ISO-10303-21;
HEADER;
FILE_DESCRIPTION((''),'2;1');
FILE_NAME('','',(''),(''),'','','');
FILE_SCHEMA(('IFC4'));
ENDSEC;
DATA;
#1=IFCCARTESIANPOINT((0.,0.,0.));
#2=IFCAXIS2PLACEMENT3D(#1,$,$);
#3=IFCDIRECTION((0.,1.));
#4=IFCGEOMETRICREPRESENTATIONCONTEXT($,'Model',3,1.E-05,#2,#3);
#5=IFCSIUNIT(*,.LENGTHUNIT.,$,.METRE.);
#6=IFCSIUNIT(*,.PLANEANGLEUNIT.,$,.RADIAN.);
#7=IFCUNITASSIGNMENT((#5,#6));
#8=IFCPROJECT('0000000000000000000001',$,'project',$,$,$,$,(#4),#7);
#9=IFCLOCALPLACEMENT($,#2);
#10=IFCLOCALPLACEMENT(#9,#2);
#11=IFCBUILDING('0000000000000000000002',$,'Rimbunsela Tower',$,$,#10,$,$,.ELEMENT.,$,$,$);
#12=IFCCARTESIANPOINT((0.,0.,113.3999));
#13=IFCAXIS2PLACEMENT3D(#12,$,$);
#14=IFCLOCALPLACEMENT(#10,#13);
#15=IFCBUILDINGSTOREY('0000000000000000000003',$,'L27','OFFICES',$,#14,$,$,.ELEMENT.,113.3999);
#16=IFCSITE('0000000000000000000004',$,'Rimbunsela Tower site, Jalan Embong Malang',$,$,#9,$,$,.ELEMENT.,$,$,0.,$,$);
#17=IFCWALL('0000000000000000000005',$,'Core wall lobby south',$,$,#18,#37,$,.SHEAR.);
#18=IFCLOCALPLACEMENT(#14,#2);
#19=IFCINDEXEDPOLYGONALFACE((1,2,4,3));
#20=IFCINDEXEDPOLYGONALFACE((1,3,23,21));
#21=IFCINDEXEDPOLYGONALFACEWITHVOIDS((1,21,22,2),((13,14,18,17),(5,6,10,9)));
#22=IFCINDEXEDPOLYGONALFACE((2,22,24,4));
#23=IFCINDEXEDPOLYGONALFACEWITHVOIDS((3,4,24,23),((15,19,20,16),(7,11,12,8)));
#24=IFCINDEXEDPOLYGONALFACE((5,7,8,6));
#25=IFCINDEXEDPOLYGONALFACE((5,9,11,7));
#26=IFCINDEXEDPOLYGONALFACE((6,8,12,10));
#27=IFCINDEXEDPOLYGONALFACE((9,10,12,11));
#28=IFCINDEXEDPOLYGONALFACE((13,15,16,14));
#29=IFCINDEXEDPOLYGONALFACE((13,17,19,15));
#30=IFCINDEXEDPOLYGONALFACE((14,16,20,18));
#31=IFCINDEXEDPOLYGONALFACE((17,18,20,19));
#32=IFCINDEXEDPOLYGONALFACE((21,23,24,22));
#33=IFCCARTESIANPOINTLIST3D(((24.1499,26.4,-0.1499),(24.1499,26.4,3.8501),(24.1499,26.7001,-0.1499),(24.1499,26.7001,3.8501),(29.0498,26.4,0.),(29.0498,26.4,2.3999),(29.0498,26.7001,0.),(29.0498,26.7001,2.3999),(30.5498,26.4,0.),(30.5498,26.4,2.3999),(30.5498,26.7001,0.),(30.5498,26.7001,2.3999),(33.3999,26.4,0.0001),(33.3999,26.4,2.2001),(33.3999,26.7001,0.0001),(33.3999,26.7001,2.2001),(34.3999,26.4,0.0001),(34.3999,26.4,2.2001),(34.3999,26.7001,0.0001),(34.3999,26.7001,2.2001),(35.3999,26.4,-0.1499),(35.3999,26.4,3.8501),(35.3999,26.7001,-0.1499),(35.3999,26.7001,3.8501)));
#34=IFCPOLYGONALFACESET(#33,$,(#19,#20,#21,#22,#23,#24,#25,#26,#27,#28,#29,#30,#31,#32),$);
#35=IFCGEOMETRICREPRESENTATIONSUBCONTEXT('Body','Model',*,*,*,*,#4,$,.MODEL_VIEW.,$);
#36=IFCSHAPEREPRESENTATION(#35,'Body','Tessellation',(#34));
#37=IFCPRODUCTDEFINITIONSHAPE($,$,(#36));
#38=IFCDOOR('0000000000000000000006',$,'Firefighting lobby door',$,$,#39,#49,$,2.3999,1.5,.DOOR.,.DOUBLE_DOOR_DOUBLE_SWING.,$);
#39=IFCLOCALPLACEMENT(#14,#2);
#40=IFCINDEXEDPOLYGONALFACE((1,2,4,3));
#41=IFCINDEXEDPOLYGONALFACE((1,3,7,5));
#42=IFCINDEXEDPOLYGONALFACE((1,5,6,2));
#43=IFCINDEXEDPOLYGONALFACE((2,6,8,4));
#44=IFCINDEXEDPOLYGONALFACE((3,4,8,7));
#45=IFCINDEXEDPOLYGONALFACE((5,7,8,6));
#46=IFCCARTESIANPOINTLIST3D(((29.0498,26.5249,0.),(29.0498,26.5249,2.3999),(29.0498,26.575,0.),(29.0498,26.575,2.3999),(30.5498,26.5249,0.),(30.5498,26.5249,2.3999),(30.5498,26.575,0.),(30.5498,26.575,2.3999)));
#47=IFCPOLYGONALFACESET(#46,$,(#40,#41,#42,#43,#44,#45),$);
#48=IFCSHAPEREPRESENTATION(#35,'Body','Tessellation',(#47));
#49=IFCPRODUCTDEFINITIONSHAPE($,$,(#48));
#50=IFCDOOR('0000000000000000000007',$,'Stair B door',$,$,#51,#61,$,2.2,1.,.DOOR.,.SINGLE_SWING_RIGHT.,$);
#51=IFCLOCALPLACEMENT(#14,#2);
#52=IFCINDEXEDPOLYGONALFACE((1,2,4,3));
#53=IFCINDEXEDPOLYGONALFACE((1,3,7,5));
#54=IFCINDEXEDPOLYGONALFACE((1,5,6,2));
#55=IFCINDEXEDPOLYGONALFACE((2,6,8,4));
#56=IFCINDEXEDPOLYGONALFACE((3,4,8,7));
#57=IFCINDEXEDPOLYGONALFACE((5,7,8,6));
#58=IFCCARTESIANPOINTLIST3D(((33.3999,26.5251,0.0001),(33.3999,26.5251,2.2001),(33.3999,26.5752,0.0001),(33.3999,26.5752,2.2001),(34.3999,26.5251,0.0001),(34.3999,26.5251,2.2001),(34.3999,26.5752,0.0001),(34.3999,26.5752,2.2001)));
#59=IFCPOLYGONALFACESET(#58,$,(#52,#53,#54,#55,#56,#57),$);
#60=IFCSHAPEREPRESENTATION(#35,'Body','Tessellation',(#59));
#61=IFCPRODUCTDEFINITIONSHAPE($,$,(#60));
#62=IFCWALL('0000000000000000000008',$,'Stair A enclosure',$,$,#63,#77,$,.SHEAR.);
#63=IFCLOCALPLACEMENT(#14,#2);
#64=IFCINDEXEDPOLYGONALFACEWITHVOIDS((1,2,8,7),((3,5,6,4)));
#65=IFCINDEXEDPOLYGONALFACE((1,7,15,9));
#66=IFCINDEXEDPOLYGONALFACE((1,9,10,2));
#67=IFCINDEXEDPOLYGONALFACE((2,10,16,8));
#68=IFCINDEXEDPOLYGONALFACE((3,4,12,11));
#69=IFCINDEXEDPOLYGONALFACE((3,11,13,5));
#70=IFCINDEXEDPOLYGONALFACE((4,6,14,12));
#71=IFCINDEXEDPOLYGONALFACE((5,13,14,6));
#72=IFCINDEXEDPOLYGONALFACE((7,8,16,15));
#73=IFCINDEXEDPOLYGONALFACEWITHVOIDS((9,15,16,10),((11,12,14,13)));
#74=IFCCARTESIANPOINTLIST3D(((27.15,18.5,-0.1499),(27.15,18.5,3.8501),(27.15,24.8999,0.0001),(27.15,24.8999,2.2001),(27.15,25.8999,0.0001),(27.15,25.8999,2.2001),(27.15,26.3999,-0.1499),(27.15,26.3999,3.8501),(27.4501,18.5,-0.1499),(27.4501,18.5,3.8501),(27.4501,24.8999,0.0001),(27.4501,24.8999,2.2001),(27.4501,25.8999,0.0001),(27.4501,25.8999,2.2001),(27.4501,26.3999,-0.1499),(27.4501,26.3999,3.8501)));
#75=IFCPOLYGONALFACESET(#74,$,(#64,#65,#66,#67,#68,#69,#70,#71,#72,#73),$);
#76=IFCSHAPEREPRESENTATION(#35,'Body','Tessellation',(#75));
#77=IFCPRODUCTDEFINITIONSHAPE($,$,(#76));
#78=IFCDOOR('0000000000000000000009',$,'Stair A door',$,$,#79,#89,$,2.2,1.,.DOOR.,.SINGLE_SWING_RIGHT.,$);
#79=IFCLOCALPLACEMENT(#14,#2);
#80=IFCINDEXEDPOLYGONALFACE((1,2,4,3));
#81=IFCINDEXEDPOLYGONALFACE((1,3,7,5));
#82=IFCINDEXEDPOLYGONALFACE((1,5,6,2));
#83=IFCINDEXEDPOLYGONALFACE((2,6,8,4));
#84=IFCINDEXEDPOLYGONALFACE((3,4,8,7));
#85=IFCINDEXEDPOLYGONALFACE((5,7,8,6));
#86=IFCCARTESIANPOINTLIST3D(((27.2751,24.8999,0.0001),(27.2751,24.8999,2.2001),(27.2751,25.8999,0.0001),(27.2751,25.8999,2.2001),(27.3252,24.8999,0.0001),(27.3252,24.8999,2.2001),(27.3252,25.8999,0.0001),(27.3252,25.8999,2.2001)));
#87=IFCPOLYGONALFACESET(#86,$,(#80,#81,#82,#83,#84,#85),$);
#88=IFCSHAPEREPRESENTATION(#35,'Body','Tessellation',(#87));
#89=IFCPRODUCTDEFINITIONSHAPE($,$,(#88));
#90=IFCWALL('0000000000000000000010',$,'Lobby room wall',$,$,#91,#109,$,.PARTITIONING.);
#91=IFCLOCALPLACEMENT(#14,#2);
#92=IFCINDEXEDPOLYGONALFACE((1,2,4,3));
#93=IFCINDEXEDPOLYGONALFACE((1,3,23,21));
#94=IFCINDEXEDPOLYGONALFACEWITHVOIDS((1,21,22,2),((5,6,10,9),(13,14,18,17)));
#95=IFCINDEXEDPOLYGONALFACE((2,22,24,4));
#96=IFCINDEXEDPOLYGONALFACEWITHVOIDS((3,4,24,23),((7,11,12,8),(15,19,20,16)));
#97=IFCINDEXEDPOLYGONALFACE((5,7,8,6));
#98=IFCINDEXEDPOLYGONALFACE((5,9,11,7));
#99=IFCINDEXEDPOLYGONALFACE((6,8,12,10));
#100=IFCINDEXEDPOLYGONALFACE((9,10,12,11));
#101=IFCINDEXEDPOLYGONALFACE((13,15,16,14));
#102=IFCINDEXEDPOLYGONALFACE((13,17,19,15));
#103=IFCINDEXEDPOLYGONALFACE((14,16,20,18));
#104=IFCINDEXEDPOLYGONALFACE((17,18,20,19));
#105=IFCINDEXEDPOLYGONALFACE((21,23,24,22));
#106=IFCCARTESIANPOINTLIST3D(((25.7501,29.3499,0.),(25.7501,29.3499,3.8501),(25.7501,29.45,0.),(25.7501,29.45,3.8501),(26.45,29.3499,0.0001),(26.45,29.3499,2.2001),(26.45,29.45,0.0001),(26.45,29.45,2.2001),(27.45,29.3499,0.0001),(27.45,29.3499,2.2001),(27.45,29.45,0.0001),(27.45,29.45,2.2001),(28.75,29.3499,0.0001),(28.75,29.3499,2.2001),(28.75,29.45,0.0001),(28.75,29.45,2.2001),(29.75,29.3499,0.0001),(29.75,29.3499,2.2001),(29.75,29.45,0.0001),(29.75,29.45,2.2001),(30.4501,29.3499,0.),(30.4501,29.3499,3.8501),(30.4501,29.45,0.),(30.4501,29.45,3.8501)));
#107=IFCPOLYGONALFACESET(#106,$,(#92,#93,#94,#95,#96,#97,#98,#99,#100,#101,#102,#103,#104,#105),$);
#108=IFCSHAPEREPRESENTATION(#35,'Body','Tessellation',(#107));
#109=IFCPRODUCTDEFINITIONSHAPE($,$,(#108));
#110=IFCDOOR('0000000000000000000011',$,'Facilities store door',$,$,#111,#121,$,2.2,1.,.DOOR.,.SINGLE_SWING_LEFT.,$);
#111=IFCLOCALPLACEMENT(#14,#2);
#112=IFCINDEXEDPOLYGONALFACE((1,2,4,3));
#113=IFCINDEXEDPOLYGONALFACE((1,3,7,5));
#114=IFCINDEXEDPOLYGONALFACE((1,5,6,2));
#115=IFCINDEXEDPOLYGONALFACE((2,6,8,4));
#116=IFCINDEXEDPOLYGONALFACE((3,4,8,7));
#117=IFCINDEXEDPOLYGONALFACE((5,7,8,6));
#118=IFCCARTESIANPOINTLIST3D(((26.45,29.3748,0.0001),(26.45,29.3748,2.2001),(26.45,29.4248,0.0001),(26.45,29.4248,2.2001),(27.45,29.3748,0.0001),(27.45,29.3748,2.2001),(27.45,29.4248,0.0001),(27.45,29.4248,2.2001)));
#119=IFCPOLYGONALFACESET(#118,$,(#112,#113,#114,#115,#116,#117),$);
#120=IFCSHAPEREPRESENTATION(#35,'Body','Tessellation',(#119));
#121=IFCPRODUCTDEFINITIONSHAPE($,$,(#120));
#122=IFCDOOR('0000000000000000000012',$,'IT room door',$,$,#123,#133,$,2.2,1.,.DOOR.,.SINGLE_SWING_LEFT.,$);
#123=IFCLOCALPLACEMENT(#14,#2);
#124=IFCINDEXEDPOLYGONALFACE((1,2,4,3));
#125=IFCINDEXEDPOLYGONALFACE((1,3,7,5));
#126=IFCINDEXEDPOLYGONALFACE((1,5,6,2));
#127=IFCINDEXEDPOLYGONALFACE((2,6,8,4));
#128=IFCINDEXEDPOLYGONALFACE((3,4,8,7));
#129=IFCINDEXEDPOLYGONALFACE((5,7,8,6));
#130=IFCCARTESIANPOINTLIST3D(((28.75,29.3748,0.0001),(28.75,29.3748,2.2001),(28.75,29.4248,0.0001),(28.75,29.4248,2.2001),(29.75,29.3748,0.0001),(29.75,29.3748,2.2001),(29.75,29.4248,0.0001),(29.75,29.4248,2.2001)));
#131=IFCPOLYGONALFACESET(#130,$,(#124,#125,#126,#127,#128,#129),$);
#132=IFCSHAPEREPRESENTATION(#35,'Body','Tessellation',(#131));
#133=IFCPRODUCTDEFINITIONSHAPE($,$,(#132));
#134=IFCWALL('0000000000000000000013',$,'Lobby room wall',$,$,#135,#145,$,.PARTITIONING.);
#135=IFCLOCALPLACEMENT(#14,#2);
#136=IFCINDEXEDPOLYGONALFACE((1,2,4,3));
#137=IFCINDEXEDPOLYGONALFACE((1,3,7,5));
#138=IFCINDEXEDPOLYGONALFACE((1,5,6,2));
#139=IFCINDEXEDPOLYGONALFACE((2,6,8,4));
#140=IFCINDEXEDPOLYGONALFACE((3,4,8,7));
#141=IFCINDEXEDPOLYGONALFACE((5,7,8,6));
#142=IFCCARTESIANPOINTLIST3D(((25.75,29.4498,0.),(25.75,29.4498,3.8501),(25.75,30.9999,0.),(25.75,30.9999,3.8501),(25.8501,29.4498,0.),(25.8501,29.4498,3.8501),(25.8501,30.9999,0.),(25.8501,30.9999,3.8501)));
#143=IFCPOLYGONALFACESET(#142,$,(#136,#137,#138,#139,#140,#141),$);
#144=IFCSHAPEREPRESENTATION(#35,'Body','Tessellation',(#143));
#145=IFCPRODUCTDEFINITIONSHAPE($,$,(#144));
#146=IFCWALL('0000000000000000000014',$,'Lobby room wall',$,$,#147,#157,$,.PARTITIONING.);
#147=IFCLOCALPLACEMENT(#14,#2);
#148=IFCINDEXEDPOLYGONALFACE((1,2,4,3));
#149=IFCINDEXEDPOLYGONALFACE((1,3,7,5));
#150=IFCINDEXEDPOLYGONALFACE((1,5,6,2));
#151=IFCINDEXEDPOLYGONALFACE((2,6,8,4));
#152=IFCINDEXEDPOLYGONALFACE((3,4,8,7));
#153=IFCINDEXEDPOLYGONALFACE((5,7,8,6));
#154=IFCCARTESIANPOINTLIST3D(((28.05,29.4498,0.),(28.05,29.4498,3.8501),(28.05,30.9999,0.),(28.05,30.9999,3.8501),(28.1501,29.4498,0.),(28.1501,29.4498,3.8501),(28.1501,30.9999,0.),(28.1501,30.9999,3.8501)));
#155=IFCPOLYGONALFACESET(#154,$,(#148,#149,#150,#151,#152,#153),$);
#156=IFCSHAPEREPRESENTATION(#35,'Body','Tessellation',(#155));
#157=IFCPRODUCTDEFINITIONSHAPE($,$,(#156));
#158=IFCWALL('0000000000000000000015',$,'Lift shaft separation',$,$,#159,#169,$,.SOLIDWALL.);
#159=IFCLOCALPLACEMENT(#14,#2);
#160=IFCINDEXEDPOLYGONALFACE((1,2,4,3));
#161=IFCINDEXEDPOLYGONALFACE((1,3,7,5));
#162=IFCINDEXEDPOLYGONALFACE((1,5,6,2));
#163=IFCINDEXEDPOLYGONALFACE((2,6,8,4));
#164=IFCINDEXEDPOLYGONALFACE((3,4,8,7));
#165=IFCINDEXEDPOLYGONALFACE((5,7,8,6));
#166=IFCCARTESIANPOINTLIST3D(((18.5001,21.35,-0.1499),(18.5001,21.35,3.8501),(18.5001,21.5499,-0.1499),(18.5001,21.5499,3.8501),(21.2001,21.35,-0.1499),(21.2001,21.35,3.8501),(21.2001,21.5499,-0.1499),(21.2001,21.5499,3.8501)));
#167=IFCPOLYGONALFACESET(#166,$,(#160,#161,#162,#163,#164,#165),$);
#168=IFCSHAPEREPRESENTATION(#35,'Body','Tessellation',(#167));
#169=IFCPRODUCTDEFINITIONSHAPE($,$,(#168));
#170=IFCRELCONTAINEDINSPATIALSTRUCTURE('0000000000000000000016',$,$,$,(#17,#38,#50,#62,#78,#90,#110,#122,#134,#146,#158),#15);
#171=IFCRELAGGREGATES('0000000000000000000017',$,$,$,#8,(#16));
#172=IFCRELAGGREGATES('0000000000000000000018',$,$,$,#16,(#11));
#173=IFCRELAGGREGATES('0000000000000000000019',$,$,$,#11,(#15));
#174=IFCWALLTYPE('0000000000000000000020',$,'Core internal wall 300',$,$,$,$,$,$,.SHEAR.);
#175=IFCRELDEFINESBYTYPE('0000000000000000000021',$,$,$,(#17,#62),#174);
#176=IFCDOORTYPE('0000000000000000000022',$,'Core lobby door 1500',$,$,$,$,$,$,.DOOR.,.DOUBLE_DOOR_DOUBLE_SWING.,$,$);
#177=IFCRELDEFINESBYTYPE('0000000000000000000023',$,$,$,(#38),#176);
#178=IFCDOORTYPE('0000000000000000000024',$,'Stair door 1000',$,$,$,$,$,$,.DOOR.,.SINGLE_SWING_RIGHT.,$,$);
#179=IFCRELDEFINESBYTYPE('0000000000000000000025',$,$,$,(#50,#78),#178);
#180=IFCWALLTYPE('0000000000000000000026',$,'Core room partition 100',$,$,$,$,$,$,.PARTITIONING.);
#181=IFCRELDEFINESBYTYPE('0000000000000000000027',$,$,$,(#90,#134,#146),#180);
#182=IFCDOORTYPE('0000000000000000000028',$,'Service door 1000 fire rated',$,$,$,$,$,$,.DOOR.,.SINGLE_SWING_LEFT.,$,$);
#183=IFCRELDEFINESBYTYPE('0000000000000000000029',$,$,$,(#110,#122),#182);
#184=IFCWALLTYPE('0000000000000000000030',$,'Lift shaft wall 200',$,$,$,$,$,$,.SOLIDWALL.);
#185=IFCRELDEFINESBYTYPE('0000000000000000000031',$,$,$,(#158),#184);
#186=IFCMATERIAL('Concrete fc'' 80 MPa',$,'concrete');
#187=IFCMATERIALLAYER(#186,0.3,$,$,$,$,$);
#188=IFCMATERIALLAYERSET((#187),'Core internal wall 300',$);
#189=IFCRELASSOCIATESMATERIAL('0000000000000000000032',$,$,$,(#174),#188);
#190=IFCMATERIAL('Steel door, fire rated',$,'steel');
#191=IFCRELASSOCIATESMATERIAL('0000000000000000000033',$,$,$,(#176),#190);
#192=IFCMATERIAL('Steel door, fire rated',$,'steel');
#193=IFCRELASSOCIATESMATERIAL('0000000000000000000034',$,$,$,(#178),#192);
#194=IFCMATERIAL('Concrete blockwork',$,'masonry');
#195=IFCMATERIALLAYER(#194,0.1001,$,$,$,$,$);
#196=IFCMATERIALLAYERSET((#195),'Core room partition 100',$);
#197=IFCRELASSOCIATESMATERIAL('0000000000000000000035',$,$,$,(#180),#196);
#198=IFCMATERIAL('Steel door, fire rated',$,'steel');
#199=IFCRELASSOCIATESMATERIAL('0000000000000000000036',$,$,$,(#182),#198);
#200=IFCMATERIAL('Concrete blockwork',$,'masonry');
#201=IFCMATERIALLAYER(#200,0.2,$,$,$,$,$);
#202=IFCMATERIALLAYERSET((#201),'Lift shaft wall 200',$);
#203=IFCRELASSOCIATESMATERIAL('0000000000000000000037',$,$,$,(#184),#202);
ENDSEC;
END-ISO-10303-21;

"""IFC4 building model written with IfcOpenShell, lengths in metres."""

from ifc_helpers import new_model, si_unit, direction, frame, frame_2d, origin, place, context, subcontext, project, spatial, rectangle, extrude, material, layer, layer_set, type_object, element, fill, save


model = new_model("IFC4")

# Units and contexts
model_context = context("Model", 3, precision=1e-05, world=origin(), true_north=direction((0.0, 1.0)))
body_context = subcontext(model_context, "Body", "Model", "MODEL_VIEW")
ifc_project = project(units=[si_unit("LENGTHUNIT", "METRE"), si_unit("PLANEANGLEUNIT", "RADIAN")], contexts=[model_context])

# Site, building, storey
site_placement = place(None, origin())
site = spatial("IfcSite", under=ifc_project, at=site_placement, Name="Rimbunsela Tower site, Jalan Embong Malang", CompositionType="ELEMENT", RefElevation=0.0)
building_placement = place(site_placement, origin())
building = spatial("IfcBuilding", under=site, at=building_placement, Name="Rimbunsela Tower", CompositionType="ELEMENT")
storey_placement = place(building_placement, frame((0.0, 0.0, 113.3999)))
storey = spatial("IfcBuildingStorey", under=building, at=storey_placement, Name="L27", Description="OFFICES", CompositionType="ELEMENT", Elevation=113.3999)

# Wall, openings, doors
ifc_material_1 = material(Name="Concrete fc' 80 MPa", Category="concrete")
ifc_layer_1 = layer(ifc_material_1, 0.3)
ifc_layer_set_1 = layer_set([ifc_layer_1], Name="Core internal wall 300")
wall_type_1 = type_object("IfcWallType", Name="Core internal wall 300", PredefinedType="SHEAR", material=ifc_layer_set_1)
wall_1_placement = place(storey_placement, frame((24.1499, 26.55, -0.1499), z_axis=(0.0, 0.0, 1.0), x_axis=(1.0, 0.0, 0.0)))
wall_1 = element("IfcWall", 1, at=wall_1_placement, inside=storey, type_object=wall_type_1, Name="Core wall lobby south", PredefinedType="SHEAR", context=body_context, shape_type="SweptSolid", body=[
    extrude(rectangle(XDim=11.25, YDim=0.3, at=frame_2d((5.625, 0.0))), origin(), (0.0, 0.0, 1.0), 4.0),
])
opening_1_placement = place(wall_1_placement, frame((9.25, 0.0, 0.1499)))
opening_1 = element("IfcOpeningElement", 2, at=opening_1_placement, cuts=wall_1, PredefinedType="OPENING", context=body_context, shape_type="SweptSolid", body=[
    extrude(rectangle(XDim=1.0, YDim=2.2, at=frame_2d((0.5, 1.1001))), frame((0.0, 0.1599, 0.0), z_axis=(0.0, -1.0, 0.0), x_axis=(1.0, 0.0, 0.0)), (0.0, 0.0, 1.0), 0.3201),
])
opening_2_placement = place(wall_1_placement, frame((4.8999, 0.0, 0.1499)))
opening_2 = element("IfcOpeningElement", 3, at=opening_2_placement, cuts=wall_1, PredefinedType="OPENING", context=body_context, shape_type="SweptSolid", body=[
    extrude(rectangle(XDim=1.5, YDim=2.3999, at=frame_2d((0.75, 1.2))), frame((0.0, 0.1599, 0.0), z_axis=(0.0, -1.0, 0.0), x_axis=(1.0, 0.0, 0.0)), (0.0, 0.0, 1.0), 0.3201),
])
ifc_material_2 = material(Name="Steel door, fire rated", Category="steel")
door_type_1 = type_object("IfcDoorType", Name="Core lobby door 1500", OperationType="DOUBLE_DOOR_DOUBLE_SWING", PredefinedType="DOOR", material=ifc_material_2)
door_1_placement = place(opening_2_placement, origin())
door_1 = element("IfcDoor", 4, at=door_1_placement, inside=storey, type_object=door_type_1, Name="Firefighting lobby door", OperationType="DOUBLE_DOOR_DOUBLE_SWING", OverallHeight=2.3999, OverallWidth=1.5, PredefinedType="DOOR", context=body_context, shape_type="SweptSolid", body=[
    extrude(rectangle(XDim=1.5, YDim=2.3999, at=frame_2d((0.75, 1.2))), frame((0.0, 0.0249, 0.0), z_axis=(0.0, -1.0, 0.0), x_axis=(1.0, 0.0, 0.0)), (0.0, 0.0, 1.0), 0.05),
])
fill(opening_2, door_1)
ifc_material_3 = material(Name="Steel door, fire rated", Category="steel")
door_type_2 = type_object("IfcDoorType", Name="Stair door 1000", OperationType="SINGLE_SWING_RIGHT", PredefinedType="DOOR", material=ifc_material_3)
door_2_placement = place(opening_1_placement, frame((1.0, 0.0, 0.0), z_axis=(0.0, 0.0, 1.0), x_axis=(-1.0, 0.0, 0.0)))
door_2 = element("IfcDoor", 5, at=door_2_placement, inside=storey, type_object=door_type_2, Name="Stair B door", OperationType="SINGLE_SWING_RIGHT", OverallHeight=2.2, OverallWidth=1.0, PredefinedType="DOOR", context=body_context, shape_type="SweptSolid", body=[
    extrude(rectangle(XDim=1.0, YDim=2.2, at=frame_2d((0.5, 1.1001))), frame((0.0, 0.0249, 0.0), z_axis=(0.0, -1.0, 0.0), x_axis=(1.0, 0.0, 0.0)), (0.0, 0.0, 1.0), 0.05),
])
fill(opening_1, door_2)

# Wall, opening, door
wall_2_placement = place(storey_placement, frame((27.3, 18.5, -0.1499), z_axis=(0.0, 0.0, 1.0), x_axis=(0.0, 1.0, 0.0)))
wall_2 = element("IfcWall", 6, at=wall_2_placement, inside=storey, type_object=wall_type_1, Name="Stair A enclosure", PredefinedType="SHEAR", context=body_context, shape_type="SweptSolid", body=[
    extrude(rectangle(XDim=7.8999, YDim=0.3, at=frame_2d((3.95, 0.0))), origin(), (0.0, 0.0, 1.0), 4.0),
])
opening_3_placement = place(wall_2_placement, frame((6.3999, 0.0, 0.1499)))
opening_3 = element("IfcOpeningElement", 7, at=opening_3_placement, cuts=wall_2, PredefinedType="OPENING", context=body_context, shape_type="SweptSolid", body=[
    extrude(rectangle(XDim=1.0, YDim=2.2, at=frame_2d((0.5, 1.1001))), frame((0.0, 0.1599, 0.0), z_axis=(0.0, -1.0, 0.0), x_axis=(1.0, 0.0, 0.0)), (0.0, 0.0, 1.0), 0.3201),
])
door_3_placement = place(opening_3_placement, origin())
door_3 = element("IfcDoor", 8, at=door_3_placement, inside=storey, type_object=door_type_2, Name="Stair A door", OperationType="SINGLE_SWING_RIGHT", OverallHeight=2.2, OverallWidth=1.0, PredefinedType="DOOR", context=body_context, shape_type="SweptSolid", body=[
    extrude(rectangle(XDim=1.0, YDim=2.2, at=frame_2d((0.5, 1.1001))), frame((0.0, 0.0249, 0.0), z_axis=(0.0, -1.0, 0.0), x_axis=(1.0, 0.0, 0.0)), (0.0, 0.0, 1.0), 0.05),
])
fill(opening_3, door_3)

# Wall, openings, doors
ifc_material_4 = material(Name="Concrete blockwork", Category="masonry")
ifc_layer_2 = layer(ifc_material_4, 0.1001)
ifc_layer_set_2 = layer_set([ifc_layer_2], Name="Core room partition 100")
wall_type_2 = type_object("IfcWallType", Name="Core room partition 100", PredefinedType="PARTITIONING", material=ifc_layer_set_2)
wall_3_placement = place(storey_placement, frame((25.75, 29.3999, 0.0), z_axis=(0.0, 0.0, 1.0), x_axis=(1.0, 0.0, 0.0)))
wall_3 = element("IfcWall", 9, at=wall_3_placement, inside=storey, type_object=wall_type_2, Name="Lobby room wall", PredefinedType="PARTITIONING", context=body_context, shape_type="SweptSolid", body=[
    extrude(rectangle(XDim=4.7, YDim=0.1001, at=frame_2d((2.3501, 0.0))), origin(), (0.0, 0.0, 1.0), 3.8501),
])
opening_4_placement = place(wall_3_placement, frame((0.7, 0.0, 0.0)))
opening_4 = element("IfcOpeningElement", 10, at=opening_4_placement, cuts=wall_3, PredefinedType="OPENING", context=body_context, shape_type="SweptSolid", body=[
    extrude(rectangle(XDim=1.0, YDim=2.2, at=frame_2d((0.5, 1.1001))), frame((0.0, 0.0601, 0.0), z_axis=(0.0, -1.0, 0.0), x_axis=(1.0, 0.0, 0.0)), (0.0, 0.0, 1.0), 0.1201),
])
opening_5_placement = place(wall_3_placement, frame((3.0, 0.0, 0.0)))
opening_5 = element("IfcOpeningElement", 11, at=opening_5_placement, cuts=wall_3, PredefinedType="OPENING", context=body_context, shape_type="SweptSolid", body=[
    extrude(rectangle(XDim=1.0, YDim=2.2, at=frame_2d((0.5, 1.1001))), frame((0.0, 0.0601, 0.0), z_axis=(0.0, -1.0, 0.0), x_axis=(1.0, 0.0, 0.0)), (0.0, 0.0, 1.0), 0.1201),
])
ifc_material_5 = material(Name="Steel door, fire rated", Category="steel")
door_type_3 = type_object("IfcDoorType", Name="Service door 1000 fire rated", OperationType="SINGLE_SWING_LEFT", PredefinedType="DOOR", material=ifc_material_5)
door_4_placement = place(opening_4_placement, origin())
door_4 = element("IfcDoor", 12, at=door_4_placement, inside=storey, type_object=door_type_3, Name="Facilities store door", OperationType="SINGLE_SWING_LEFT", OverallHeight=2.2, OverallWidth=1.0, PredefinedType="DOOR", context=body_context, shape_type="SweptSolid", body=[
    extrude(rectangle(XDim=1.0, YDim=2.2, at=frame_2d((0.5, 1.1001))), frame((0.0, 0.0249, 0.0), z_axis=(0.0, -1.0, 0.0), x_axis=(1.0, 0.0, 0.0)), (0.0, 0.0, 1.0), 0.05),
])
fill(opening_4, door_4)
door_5_placement = place(opening_5_placement, origin())
door_5 = element("IfcDoor", 13, at=door_5_placement, inside=storey, type_object=door_type_3, Name="IT room door", OperationType="SINGLE_SWING_LEFT", OverallHeight=2.2, OverallWidth=1.0, PredefinedType="DOOR", context=body_context, shape_type="SweptSolid", body=[
    extrude(rectangle(XDim=1.0, YDim=2.2, at=frame_2d((0.5, 1.1001))), frame((0.0, 0.0249, 0.0), z_axis=(0.0, -1.0, 0.0), x_axis=(1.0, 0.0, 0.0)), (0.0, 0.0, 1.0), 0.05),
])
fill(opening_5, door_5)

# Walls
for number, where, z_axis, x_axis, name in (
    (14, (25.8, 29.45, 0.0), (0.0, 0.0, 1.0), (0.0, 1.0, 0.0), "Lobby room wall"),
    (15, (28.1001, 29.45, 0.0), (0.0, 0.0, 1.0), (0.0, 1.0, 0.0), "Lobby room wall"),
):
    element("IfcWall", number, at=place(storey_placement, frame(where, z_axis=z_axis, x_axis=x_axis)), inside=storey, type_object=wall_type_2, Name=name, PredefinedType="PARTITIONING", context=body_context, shape_type="SweptSolid", body=[
        extrude(rectangle(XDim=1.55, YDim=0.1001, at=frame_2d((0.7749, 0.0))), origin(), (0.0, 0.0, 1.0), 3.8501),
    ])
ifc_material_6 = material(Name="Concrete blockwork", Category="masonry")
ifc_layer_3 = layer(ifc_material_6, 0.2)
ifc_layer_set_3 = layer_set([ifc_layer_3], Name="Lift shaft wall 200")
wall_type_3 = type_object("IfcWallType", Name="Lift shaft wall 200", PredefinedType="SOLIDWALL", material=ifc_layer_set_3)
for number, where, z_axis, x_axis, name in (
    (16, (18.5, 21.45, -0.1499), (0.0, 0.0, 1.0), (1.0, 0.0, 0.0), "Lift shaft separation"),
):
    element("IfcWall", number, at=place(storey_placement, frame(where, z_axis=z_axis, x_axis=x_axis)), inside=storey, type_object=wall_type_3, Name=name, PredefinedType="SOLIDWALL", context=body_context, shape_type="SweptSolid", body=[
        extrude(rectangle(XDim=2.7, YDim=0.2, at=frame_2d((1.3501, 0.0))), origin(), (0.0, 0.0, 1.0), 4.0),
    ])

save(model, "model.ifc")
